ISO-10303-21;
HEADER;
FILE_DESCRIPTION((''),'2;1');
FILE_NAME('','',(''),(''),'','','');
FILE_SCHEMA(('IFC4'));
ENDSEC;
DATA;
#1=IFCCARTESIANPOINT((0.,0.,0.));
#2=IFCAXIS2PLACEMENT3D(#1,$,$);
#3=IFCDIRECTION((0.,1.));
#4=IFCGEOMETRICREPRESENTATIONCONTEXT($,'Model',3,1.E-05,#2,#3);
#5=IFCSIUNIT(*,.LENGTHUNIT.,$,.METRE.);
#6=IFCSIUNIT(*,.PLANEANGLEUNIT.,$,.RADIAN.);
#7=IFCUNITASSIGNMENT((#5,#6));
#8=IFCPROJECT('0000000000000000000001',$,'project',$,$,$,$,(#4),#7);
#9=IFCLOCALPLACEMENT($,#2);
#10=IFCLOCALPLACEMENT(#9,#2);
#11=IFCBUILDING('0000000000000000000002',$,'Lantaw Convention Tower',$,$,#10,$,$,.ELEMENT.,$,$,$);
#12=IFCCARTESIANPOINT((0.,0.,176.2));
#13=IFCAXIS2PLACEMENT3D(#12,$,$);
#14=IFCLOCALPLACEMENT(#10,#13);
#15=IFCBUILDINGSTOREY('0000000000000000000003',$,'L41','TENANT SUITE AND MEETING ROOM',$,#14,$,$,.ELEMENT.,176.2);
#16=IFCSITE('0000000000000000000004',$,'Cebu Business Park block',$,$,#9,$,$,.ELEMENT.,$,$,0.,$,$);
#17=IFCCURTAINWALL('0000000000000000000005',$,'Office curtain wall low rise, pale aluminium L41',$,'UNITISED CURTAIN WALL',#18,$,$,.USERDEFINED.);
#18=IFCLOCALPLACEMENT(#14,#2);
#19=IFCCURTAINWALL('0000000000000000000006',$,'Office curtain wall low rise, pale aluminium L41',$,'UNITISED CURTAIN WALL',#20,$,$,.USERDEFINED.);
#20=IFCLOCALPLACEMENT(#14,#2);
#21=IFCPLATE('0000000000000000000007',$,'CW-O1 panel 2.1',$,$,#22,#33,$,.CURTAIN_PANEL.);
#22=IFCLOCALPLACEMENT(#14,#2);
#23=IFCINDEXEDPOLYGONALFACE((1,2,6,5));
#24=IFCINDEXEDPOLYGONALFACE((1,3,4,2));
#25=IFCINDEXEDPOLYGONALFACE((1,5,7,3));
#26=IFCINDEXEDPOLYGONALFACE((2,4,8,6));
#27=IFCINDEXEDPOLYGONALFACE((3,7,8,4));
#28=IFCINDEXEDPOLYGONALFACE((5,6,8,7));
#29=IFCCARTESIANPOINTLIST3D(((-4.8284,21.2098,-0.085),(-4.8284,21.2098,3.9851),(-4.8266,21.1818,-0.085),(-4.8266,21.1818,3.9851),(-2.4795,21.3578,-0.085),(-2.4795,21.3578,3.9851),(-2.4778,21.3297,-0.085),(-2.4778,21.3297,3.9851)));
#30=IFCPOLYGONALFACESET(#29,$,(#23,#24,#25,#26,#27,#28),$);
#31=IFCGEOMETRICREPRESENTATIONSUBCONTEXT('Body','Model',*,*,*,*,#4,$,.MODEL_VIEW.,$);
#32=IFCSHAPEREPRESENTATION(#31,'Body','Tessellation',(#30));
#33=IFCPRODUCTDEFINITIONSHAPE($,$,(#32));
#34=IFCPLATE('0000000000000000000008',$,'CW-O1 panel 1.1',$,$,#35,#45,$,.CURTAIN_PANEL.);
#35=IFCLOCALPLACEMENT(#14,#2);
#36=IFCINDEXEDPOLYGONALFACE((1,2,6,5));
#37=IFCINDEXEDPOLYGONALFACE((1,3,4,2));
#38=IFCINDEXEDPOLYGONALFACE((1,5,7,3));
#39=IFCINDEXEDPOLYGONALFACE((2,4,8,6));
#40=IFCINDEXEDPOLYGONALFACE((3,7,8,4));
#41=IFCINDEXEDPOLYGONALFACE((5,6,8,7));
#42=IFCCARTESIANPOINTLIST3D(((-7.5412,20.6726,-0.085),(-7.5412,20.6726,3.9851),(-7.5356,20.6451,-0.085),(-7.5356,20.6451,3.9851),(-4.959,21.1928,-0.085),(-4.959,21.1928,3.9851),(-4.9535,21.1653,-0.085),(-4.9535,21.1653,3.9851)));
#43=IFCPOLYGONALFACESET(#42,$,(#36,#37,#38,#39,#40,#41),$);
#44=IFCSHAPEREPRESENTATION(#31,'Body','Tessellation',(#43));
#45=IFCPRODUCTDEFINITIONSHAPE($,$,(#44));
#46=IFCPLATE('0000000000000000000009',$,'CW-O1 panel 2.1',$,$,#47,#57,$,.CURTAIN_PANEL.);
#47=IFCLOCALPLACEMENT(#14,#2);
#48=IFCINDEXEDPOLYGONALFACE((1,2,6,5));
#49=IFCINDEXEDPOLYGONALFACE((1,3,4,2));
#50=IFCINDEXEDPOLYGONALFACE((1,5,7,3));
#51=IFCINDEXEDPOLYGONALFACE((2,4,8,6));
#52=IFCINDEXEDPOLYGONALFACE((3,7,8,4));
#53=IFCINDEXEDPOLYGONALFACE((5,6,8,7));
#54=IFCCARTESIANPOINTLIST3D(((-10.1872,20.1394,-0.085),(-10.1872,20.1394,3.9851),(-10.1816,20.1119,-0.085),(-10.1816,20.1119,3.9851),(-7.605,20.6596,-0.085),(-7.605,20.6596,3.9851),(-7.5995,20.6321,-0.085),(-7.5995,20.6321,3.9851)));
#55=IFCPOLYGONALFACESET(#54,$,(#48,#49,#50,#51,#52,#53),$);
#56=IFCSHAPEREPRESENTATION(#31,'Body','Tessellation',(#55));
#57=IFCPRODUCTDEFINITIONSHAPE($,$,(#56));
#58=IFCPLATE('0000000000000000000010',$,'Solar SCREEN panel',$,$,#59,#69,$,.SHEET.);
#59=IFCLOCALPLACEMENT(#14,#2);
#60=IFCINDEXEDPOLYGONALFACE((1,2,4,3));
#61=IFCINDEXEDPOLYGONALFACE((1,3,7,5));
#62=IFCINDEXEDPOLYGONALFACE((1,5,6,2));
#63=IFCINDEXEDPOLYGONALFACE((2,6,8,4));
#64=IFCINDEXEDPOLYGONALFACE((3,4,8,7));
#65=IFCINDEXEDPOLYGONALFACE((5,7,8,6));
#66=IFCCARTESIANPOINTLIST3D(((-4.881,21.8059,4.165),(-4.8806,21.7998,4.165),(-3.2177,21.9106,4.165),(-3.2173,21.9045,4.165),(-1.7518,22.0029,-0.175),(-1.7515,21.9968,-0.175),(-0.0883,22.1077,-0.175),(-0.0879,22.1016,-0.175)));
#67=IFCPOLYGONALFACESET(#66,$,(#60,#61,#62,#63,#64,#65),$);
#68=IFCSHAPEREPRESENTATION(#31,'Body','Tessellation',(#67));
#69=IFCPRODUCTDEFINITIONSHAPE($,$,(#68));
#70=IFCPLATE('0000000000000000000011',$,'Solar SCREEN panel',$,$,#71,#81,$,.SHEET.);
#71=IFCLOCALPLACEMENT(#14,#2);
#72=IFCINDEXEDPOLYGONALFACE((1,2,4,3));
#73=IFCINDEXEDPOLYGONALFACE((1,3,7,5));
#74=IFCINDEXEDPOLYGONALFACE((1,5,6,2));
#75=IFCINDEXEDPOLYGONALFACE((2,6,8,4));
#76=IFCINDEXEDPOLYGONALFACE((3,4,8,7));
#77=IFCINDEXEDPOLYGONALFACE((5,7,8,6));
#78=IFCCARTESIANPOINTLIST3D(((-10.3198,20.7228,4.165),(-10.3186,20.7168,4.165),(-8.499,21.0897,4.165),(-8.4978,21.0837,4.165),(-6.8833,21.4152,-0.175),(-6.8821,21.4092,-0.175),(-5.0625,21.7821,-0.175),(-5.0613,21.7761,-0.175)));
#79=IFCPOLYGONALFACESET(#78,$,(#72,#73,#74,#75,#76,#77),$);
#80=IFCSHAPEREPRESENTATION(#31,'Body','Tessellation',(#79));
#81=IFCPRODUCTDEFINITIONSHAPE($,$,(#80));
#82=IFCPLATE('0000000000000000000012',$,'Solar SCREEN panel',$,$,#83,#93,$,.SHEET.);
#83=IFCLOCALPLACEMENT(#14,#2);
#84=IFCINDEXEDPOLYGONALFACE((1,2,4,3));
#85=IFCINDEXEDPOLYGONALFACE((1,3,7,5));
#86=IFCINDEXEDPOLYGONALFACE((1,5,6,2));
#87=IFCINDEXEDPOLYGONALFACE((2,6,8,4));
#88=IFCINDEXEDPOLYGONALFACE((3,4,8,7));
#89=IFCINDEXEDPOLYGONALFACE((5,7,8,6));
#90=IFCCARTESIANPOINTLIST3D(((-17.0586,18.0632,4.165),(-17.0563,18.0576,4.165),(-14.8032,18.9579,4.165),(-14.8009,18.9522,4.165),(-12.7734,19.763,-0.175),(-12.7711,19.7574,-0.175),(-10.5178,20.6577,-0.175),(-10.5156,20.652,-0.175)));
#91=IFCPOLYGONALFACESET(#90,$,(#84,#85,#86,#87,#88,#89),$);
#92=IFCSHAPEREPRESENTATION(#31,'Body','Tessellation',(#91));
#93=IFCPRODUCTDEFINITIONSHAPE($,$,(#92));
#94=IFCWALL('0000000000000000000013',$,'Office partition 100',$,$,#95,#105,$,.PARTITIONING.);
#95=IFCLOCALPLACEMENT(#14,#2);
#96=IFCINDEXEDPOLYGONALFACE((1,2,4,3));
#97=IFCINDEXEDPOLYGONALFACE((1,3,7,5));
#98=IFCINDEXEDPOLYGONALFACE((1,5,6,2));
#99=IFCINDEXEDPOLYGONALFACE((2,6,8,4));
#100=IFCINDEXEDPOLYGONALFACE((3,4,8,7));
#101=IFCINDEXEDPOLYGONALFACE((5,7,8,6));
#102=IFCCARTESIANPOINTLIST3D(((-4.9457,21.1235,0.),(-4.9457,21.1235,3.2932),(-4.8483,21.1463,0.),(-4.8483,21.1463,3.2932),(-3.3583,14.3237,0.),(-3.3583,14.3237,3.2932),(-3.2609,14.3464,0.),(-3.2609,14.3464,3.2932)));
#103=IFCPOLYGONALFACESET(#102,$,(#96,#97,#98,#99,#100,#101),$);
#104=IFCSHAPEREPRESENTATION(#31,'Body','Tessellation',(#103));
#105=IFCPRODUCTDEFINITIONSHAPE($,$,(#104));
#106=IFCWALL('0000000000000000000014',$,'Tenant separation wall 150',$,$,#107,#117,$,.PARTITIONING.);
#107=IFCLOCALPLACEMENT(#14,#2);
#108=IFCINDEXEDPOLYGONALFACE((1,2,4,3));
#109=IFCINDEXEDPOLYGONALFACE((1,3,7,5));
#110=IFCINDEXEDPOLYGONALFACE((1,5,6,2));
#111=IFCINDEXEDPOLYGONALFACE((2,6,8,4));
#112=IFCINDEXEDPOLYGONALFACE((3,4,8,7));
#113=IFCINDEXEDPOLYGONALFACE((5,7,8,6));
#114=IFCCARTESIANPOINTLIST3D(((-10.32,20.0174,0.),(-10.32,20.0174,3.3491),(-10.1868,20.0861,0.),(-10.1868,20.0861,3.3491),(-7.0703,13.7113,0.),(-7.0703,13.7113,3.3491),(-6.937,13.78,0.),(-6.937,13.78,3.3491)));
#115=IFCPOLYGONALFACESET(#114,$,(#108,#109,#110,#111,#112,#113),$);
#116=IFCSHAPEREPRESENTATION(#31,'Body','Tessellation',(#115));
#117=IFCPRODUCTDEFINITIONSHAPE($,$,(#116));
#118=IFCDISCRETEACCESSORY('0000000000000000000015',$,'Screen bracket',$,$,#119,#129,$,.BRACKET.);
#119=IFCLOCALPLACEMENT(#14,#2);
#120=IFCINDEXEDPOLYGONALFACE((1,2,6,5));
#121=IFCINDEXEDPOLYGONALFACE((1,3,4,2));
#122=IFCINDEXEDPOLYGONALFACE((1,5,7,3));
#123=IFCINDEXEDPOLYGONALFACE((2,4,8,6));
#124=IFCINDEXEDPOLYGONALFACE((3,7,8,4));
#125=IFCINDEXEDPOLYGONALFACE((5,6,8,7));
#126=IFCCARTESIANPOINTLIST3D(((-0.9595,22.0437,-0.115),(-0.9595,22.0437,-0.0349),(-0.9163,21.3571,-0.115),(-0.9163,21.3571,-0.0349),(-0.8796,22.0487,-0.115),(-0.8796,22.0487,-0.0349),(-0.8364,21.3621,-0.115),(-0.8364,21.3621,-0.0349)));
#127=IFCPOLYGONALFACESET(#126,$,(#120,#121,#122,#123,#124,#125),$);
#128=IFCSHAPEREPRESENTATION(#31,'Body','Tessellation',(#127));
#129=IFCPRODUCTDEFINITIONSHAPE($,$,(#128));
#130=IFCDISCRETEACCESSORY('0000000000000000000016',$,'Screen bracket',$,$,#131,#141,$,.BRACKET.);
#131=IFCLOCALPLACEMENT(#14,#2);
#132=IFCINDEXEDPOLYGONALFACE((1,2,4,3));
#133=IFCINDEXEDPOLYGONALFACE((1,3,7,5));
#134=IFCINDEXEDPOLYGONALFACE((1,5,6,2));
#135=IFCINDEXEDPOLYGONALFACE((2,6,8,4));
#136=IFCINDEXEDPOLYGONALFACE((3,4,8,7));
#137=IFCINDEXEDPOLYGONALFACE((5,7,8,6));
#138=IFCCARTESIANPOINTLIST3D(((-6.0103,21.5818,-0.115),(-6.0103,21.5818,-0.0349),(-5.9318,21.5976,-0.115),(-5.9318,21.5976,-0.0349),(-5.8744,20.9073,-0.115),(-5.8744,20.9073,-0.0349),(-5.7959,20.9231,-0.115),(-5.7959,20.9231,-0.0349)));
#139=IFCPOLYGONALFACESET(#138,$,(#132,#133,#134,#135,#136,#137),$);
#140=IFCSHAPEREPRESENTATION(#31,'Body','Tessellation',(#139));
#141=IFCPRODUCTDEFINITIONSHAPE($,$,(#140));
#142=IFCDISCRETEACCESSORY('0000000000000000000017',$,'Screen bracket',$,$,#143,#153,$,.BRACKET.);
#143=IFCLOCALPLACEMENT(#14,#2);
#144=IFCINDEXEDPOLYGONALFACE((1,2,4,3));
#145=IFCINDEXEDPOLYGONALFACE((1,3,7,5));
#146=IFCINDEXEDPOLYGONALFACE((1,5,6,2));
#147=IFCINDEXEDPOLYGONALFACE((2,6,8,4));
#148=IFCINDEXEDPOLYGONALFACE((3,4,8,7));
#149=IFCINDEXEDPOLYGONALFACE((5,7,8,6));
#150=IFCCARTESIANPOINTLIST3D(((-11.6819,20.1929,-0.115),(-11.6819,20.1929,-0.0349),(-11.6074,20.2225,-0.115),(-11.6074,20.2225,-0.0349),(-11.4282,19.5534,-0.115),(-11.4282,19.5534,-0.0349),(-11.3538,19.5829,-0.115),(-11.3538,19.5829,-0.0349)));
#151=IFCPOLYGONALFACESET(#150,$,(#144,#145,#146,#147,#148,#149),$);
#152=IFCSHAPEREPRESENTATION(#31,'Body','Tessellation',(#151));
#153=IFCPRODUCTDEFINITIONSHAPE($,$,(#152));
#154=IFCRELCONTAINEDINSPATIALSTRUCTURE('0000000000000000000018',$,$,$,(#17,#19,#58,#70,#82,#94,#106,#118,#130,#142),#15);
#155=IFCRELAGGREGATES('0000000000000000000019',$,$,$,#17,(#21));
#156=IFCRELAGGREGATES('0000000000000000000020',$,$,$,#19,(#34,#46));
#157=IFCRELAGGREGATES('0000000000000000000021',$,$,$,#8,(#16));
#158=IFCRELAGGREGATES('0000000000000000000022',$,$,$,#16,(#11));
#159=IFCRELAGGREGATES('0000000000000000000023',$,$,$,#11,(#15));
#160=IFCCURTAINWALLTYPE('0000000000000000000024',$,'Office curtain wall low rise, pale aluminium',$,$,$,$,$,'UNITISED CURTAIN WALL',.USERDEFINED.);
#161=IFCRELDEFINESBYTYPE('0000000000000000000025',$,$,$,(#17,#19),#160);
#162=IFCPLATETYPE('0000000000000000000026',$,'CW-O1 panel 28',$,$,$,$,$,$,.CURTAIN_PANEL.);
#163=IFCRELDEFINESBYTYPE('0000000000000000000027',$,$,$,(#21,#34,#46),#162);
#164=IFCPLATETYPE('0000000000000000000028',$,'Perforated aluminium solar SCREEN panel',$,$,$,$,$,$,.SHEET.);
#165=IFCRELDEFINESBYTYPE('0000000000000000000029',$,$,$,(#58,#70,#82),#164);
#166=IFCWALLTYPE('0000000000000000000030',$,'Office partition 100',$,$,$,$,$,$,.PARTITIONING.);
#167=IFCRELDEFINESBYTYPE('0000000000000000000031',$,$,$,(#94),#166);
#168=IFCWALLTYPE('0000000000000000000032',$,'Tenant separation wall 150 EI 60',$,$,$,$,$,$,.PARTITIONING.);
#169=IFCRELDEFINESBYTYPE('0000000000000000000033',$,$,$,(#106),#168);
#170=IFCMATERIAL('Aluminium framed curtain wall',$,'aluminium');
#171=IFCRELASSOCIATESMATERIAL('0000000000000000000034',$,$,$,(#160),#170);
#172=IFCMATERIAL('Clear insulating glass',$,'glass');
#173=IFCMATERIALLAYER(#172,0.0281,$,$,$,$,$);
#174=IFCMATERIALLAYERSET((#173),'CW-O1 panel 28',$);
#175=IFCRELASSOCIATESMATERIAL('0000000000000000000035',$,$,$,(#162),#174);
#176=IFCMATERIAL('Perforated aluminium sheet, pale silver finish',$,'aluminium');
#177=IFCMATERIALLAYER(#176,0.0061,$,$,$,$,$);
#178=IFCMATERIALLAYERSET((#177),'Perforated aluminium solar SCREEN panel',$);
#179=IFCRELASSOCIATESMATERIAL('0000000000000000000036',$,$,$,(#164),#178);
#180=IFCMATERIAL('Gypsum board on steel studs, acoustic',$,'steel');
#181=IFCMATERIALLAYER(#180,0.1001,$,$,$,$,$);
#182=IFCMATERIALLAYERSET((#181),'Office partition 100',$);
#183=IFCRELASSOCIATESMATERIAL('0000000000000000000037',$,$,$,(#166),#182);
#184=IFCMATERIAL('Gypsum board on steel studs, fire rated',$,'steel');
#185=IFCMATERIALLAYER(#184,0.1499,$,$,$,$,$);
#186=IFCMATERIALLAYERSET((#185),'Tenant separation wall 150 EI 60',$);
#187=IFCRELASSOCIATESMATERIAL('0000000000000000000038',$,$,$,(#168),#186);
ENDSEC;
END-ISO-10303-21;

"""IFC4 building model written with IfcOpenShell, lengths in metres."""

from ifc_helpers import new_model, si_unit, direction, frame, frame_2d, origin, origin_2d, place, context, subcontext, project, spatial, polyline, rectangle, outline, extrude, material, layer, layer_set, type_object, element, aggregate, save


model = new_model("IFC4")

# Units and contexts
model_context = context("Model", 3, precision=1e-05, world=origin(), true_north=direction((0.0, 1.0)))
body_context = subcontext(model_context, "Body", "Model", "MODEL_VIEW")
ifc_project = project(units=[si_unit("LENGTHUNIT", "METRE"), si_unit("PLANEANGLEUNIT", "RADIAN")], contexts=[model_context])

# Site, building, storey
site_placement = place(None, origin())
site = spatial("IfcSite", under=ifc_project, at=site_placement, Name="Cebu Business Park block", CompositionType="ELEMENT", RefElevation=0.0)
building_placement = place(site_placement, origin())
building = spatial("IfcBuilding", under=site, at=building_placement, Name="Lantaw Convention Tower", CompositionType="ELEMENT")
storey_placement = place(building_placement, frame((0.0, 0.0, 176.2)))
storey = spatial("IfcBuildingStorey", under=building, at=storey_placement, Name="L41", Description="TENANT SUITE AND MEETING ROOM", CompositionType="ELEMENT", Elevation=176.2)

# Curtain walls
ifc_material_1 = material(Name="Aluminium framed curtain wall", Category="aluminium")
curtain_wall_type = type_object("IfcCurtainWallType", Name="Office curtain wall low rise, pale aluminium", ElementType="UNITISED CURTAIN WALL", PredefinedType="USERDEFINED", material=ifc_material_1)
curtain_wall_1_placement = place(storey_placement, origin())
curtain_wall_1 = element("IfcCurtainWall", 1, at=curtain_wall_1_placement, inside=storey, type_object=curtain_wall_type, Name="Office curtain wall low rise, pale aluminium L41", ObjectType="UNITISED CURTAIN WALL", PredefinedType="USERDEFINED")
curtain_wall_2_placement = place(storey_placement, origin())
curtain_wall_2 = element("IfcCurtainWall", 2, at=curtain_wall_2_placement, inside=storey, type_object=curtain_wall_type, Name="Office curtain wall low rise, pale aluminium L41", ObjectType="UNITISED CURTAIN WALL", PredefinedType="USERDEFINED")

# Plates
ifc_material_2 = material(Name="Clear insulating glass", Category="glass")
ifc_layer_1 = layer(ifc_material_2, 0.0281)
ifc_layer_set_1 = layer_set([ifc_layer_1], Name="CW-O1 panel 28")
plate_type_1 = type_object("IfcPlateType", Name="CW-O1 panel 28", PredefinedType="CURTAIN_PANEL", material=ifc_layer_set_1)
plate_1_placement = place(storey_placement, frame((-3.6531, 21.2698, -0.085), z_axis=(0.0, 0.0, 1.0), x_axis=(-0.998022, -0.062865, 0.0)))
plate_1 = element("IfcPlate", 3, at=plate_1_placement, type_object=plate_type_1, Name="CW-O1 panel 2.1", PredefinedType="CURTAIN_PANEL", context=body_context, shape_type="SweptSolid", body=[
    extrude(rectangle(XDim=2.3535, YDim=0.0281, at=origin_2d()), origin(), (0.0, 0.0, 1.0), 4.0701),
])
aggregate(curtain_wall_1, [plate_1])
plate_2_placement = place(storey_placement, frame((-6.2473, 20.9189, -0.085), z_axis=(0.0, 0.0, 1.0), x_axis=(-0.980302, -0.197507, 0.0)))
plate_2 = element("IfcPlate", 4, at=plate_2_placement, type_object=plate_type_1, Name="CW-O1 panel 1.1", PredefinedType="CURTAIN_PANEL", context=body_context, shape_type="SweptSolid", body=[
    extrude(rectangle(XDim=2.634, YDim=0.0281, at=origin_2d()), origin(), (0.0, 0.0, 1.0), 4.0701),
])
plate_3_placement = place(storey_placement, frame((-8.8933, 20.3857, -0.085), z_axis=(0.0, 0.0, 1.0), x_axis=(-0.980302, -0.197507, 0.0)))
plate_3 = element("IfcPlate", 5, at=plate_3_placement, type_object=plate_type_1, Name="CW-O1 panel 2.1", PredefinedType="CURTAIN_PANEL", context=body_context, shape_type="SweptSolid", body=[
    extrude(rectangle(XDim=2.634, YDim=0.0281, at=origin_2d()), origin(), (0.0, 0.0, 1.0), 4.0701),
])
aggregate(curtain_wall_2, [plate_2, plate_3])

# Plates
ifc_material_3 = material(Name="Perforated aluminium sheet, pale silver finish", Category="aluminium")
ifc_layer_2 = layer(ifc_material_3, 0.0061)
ifc_layer_set_2 = layer_set([ifc_layer_2], Name="Perforated aluminium solar SCREEN panel")
plate_type_2 = type_object("IfcPlateType", Name="Perforated aluminium solar SCREEN panel", PredefinedType="SHEET", material=ifc_layer_set_2)
plate_4_placement = place(storey_placement, frame((-0.0879, 22.1016, -0.175), z_axis=(0.062839, -0.998024, 0.000002), x_axis=(-0.998024, -0.062839, 0.0)))
element("IfcPlate", 6, at=plate_4_placement, inside=storey, type_object=plate_type_2, Name="Solar SCREEN panel", PredefinedType="SHEET", context=body_context, shape_type="SweptSolid", body=[
    extrude(outline(polyline([(0.0, 0.0), (1.6669, 0.0), (4.8022, -4.3401), (3.1356, -4.3401), (0.0, 0.0)])), origin(), (0.0, 0.0, -1.0), 0.0061),
])
plate_5_placement = place(storey_placement, frame((-5.0613, 21.7761, -0.175), z_axis=(0.197557, -0.980291, 0.000039), x_axis=(-0.980291, -0.197557, 0.0)))
element("IfcPlate", 7, at=plate_5_placement, inside=storey, type_object=plate_type_2, Name="Solar SCREEN panel", PredefinedType="SHEET", context=body_context, shape_type="SweptSolid", body=[
    extrude(outline(polyline([(0.0, 0.0), (1.8574, 0.0), (5.363, -4.3401), (3.5056, -4.3401), (0.0, 0.0)])), origin(), (0.0, 0.0, -1.0), 0.0061),
])
plate_6_placement = place(storey_placement, frame((-10.5178, 20.6577, -0.175), z_axis=(-0.368709, 0.929545, 0.000011), x_axis=(-0.929545, -0.368709, 0.0)))
element("IfcPlate", 8, at=plate_6_placement, inside=storey, type_object=plate_type_2, Name="Solar SCREEN panel", PredefinedType="SHEET", context=body_context, shape_type="SweptSolid", body=[
    extrude(outline(polyline([(0.0, 0.0), (2.4265, 0.0), (7.0365, 4.3401), (4.6102, 4.3401), (0.0, 0.0)])), origin(), (0.0, 0.0, -1.0), 0.0061),
])

# Walls
ifc_material_4 = material(Name="Gypsum board on steel studs, acoustic", Category="steel")
ifc_layer_3 = layer(ifc_material_4, 0.1001)
ifc_layer_set_3 = layer_set([ifc_layer_3], Name="Office partition 100")
wall_type_1 = type_object("IfcWallType", Name="Office partition 100", PredefinedType="PARTITIONING", material=ifc_layer_set_3)
wall_1_placement = place(storey_placement, frame((-4.897, 21.1348, 0.0), z_axis=(0.0, 0.0, 1.0), x_axis=(0.227336, -0.973816, 0.0)))
element("IfcWall", 9, at=wall_1_placement, inside=storey, type_object=wall_type_1, Name="Office partition 100", PredefinedType="PARTITIONING", context=body_context, shape_type="SweptSolid", body=[
    extrude(rectangle(XDim=6.9827, YDim=0.1001, at=frame_2d((3.4912, 0.0))), origin(), (0.0, 0.0, 1.0), 3.2932),
])
ifc_material_5 = material(Name="Gypsum board on steel studs, fire rated", Category="steel")
ifc_layer_4 = layer(ifc_material_5, 0.1499)
ifc_layer_set_4 = layer_set([ifc_layer_4], Name="Tenant separation wall 150 EI 60")
wall_type_2 = type_object("IfcWallType", Name="Tenant separation wall 150 EI 60", PredefinedType="PARTITIONING", material=ifc_layer_set_4)
wall_2_placement = place(storey_placement, frame((-10.2534, 20.0518, 0.0), z_axis=(0.0, 0.0, 1.0), x_axis=(0.458083, -0.88891, 0.0)))
element("IfcWall", 10, at=wall_2_placement, inside=storey, type_object=wall_type_2, Name="Tenant separation wall 150", PredefinedType="PARTITIONING", context=body_context, shape_type="SweptSolid", body=[
    extrude(rectangle(XDim=7.0942, YDim=0.1499, at=frame_2d((3.5471, 0.0))), origin(), (0.0, 0.0, 1.0), 3.3491),
])

# Discrete accessories
for number, where, z_axis, x_axis, name in (
    (11, (-0.8979, 21.7029, -0.115), (0.0, 0.0, 1.0), (-0.998022, -0.062865, 0.0), "Screen bracket"),
    (12, (-5.9031, 21.2524, -0.115), (0.0, 0.0, 1.0), (-0.980302, -0.197507, 0.0), "Screen bracket"),
    (13, (-11.5178, 19.8879, -0.115), (0.0, 0.0, 1.0), (-0.929548, -0.368702, 0.0), "Screen bracket"),
):
    element("IfcDiscreteAccessory", number, at=place(storey_placement, frame(where, z_axis=z_axis, x_axis=x_axis)), inside=storey, Name=name, PredefinedType="BRACKET", context=body_context, shape_type="SweptSolid", body=[
        extrude(rectangle(XDim=0.0801, YDim=0.688, at=origin_2d()), origin(), (0.0, 0.0, 1.0), 0.0801),
    ])

save(model, "model.ifc")
